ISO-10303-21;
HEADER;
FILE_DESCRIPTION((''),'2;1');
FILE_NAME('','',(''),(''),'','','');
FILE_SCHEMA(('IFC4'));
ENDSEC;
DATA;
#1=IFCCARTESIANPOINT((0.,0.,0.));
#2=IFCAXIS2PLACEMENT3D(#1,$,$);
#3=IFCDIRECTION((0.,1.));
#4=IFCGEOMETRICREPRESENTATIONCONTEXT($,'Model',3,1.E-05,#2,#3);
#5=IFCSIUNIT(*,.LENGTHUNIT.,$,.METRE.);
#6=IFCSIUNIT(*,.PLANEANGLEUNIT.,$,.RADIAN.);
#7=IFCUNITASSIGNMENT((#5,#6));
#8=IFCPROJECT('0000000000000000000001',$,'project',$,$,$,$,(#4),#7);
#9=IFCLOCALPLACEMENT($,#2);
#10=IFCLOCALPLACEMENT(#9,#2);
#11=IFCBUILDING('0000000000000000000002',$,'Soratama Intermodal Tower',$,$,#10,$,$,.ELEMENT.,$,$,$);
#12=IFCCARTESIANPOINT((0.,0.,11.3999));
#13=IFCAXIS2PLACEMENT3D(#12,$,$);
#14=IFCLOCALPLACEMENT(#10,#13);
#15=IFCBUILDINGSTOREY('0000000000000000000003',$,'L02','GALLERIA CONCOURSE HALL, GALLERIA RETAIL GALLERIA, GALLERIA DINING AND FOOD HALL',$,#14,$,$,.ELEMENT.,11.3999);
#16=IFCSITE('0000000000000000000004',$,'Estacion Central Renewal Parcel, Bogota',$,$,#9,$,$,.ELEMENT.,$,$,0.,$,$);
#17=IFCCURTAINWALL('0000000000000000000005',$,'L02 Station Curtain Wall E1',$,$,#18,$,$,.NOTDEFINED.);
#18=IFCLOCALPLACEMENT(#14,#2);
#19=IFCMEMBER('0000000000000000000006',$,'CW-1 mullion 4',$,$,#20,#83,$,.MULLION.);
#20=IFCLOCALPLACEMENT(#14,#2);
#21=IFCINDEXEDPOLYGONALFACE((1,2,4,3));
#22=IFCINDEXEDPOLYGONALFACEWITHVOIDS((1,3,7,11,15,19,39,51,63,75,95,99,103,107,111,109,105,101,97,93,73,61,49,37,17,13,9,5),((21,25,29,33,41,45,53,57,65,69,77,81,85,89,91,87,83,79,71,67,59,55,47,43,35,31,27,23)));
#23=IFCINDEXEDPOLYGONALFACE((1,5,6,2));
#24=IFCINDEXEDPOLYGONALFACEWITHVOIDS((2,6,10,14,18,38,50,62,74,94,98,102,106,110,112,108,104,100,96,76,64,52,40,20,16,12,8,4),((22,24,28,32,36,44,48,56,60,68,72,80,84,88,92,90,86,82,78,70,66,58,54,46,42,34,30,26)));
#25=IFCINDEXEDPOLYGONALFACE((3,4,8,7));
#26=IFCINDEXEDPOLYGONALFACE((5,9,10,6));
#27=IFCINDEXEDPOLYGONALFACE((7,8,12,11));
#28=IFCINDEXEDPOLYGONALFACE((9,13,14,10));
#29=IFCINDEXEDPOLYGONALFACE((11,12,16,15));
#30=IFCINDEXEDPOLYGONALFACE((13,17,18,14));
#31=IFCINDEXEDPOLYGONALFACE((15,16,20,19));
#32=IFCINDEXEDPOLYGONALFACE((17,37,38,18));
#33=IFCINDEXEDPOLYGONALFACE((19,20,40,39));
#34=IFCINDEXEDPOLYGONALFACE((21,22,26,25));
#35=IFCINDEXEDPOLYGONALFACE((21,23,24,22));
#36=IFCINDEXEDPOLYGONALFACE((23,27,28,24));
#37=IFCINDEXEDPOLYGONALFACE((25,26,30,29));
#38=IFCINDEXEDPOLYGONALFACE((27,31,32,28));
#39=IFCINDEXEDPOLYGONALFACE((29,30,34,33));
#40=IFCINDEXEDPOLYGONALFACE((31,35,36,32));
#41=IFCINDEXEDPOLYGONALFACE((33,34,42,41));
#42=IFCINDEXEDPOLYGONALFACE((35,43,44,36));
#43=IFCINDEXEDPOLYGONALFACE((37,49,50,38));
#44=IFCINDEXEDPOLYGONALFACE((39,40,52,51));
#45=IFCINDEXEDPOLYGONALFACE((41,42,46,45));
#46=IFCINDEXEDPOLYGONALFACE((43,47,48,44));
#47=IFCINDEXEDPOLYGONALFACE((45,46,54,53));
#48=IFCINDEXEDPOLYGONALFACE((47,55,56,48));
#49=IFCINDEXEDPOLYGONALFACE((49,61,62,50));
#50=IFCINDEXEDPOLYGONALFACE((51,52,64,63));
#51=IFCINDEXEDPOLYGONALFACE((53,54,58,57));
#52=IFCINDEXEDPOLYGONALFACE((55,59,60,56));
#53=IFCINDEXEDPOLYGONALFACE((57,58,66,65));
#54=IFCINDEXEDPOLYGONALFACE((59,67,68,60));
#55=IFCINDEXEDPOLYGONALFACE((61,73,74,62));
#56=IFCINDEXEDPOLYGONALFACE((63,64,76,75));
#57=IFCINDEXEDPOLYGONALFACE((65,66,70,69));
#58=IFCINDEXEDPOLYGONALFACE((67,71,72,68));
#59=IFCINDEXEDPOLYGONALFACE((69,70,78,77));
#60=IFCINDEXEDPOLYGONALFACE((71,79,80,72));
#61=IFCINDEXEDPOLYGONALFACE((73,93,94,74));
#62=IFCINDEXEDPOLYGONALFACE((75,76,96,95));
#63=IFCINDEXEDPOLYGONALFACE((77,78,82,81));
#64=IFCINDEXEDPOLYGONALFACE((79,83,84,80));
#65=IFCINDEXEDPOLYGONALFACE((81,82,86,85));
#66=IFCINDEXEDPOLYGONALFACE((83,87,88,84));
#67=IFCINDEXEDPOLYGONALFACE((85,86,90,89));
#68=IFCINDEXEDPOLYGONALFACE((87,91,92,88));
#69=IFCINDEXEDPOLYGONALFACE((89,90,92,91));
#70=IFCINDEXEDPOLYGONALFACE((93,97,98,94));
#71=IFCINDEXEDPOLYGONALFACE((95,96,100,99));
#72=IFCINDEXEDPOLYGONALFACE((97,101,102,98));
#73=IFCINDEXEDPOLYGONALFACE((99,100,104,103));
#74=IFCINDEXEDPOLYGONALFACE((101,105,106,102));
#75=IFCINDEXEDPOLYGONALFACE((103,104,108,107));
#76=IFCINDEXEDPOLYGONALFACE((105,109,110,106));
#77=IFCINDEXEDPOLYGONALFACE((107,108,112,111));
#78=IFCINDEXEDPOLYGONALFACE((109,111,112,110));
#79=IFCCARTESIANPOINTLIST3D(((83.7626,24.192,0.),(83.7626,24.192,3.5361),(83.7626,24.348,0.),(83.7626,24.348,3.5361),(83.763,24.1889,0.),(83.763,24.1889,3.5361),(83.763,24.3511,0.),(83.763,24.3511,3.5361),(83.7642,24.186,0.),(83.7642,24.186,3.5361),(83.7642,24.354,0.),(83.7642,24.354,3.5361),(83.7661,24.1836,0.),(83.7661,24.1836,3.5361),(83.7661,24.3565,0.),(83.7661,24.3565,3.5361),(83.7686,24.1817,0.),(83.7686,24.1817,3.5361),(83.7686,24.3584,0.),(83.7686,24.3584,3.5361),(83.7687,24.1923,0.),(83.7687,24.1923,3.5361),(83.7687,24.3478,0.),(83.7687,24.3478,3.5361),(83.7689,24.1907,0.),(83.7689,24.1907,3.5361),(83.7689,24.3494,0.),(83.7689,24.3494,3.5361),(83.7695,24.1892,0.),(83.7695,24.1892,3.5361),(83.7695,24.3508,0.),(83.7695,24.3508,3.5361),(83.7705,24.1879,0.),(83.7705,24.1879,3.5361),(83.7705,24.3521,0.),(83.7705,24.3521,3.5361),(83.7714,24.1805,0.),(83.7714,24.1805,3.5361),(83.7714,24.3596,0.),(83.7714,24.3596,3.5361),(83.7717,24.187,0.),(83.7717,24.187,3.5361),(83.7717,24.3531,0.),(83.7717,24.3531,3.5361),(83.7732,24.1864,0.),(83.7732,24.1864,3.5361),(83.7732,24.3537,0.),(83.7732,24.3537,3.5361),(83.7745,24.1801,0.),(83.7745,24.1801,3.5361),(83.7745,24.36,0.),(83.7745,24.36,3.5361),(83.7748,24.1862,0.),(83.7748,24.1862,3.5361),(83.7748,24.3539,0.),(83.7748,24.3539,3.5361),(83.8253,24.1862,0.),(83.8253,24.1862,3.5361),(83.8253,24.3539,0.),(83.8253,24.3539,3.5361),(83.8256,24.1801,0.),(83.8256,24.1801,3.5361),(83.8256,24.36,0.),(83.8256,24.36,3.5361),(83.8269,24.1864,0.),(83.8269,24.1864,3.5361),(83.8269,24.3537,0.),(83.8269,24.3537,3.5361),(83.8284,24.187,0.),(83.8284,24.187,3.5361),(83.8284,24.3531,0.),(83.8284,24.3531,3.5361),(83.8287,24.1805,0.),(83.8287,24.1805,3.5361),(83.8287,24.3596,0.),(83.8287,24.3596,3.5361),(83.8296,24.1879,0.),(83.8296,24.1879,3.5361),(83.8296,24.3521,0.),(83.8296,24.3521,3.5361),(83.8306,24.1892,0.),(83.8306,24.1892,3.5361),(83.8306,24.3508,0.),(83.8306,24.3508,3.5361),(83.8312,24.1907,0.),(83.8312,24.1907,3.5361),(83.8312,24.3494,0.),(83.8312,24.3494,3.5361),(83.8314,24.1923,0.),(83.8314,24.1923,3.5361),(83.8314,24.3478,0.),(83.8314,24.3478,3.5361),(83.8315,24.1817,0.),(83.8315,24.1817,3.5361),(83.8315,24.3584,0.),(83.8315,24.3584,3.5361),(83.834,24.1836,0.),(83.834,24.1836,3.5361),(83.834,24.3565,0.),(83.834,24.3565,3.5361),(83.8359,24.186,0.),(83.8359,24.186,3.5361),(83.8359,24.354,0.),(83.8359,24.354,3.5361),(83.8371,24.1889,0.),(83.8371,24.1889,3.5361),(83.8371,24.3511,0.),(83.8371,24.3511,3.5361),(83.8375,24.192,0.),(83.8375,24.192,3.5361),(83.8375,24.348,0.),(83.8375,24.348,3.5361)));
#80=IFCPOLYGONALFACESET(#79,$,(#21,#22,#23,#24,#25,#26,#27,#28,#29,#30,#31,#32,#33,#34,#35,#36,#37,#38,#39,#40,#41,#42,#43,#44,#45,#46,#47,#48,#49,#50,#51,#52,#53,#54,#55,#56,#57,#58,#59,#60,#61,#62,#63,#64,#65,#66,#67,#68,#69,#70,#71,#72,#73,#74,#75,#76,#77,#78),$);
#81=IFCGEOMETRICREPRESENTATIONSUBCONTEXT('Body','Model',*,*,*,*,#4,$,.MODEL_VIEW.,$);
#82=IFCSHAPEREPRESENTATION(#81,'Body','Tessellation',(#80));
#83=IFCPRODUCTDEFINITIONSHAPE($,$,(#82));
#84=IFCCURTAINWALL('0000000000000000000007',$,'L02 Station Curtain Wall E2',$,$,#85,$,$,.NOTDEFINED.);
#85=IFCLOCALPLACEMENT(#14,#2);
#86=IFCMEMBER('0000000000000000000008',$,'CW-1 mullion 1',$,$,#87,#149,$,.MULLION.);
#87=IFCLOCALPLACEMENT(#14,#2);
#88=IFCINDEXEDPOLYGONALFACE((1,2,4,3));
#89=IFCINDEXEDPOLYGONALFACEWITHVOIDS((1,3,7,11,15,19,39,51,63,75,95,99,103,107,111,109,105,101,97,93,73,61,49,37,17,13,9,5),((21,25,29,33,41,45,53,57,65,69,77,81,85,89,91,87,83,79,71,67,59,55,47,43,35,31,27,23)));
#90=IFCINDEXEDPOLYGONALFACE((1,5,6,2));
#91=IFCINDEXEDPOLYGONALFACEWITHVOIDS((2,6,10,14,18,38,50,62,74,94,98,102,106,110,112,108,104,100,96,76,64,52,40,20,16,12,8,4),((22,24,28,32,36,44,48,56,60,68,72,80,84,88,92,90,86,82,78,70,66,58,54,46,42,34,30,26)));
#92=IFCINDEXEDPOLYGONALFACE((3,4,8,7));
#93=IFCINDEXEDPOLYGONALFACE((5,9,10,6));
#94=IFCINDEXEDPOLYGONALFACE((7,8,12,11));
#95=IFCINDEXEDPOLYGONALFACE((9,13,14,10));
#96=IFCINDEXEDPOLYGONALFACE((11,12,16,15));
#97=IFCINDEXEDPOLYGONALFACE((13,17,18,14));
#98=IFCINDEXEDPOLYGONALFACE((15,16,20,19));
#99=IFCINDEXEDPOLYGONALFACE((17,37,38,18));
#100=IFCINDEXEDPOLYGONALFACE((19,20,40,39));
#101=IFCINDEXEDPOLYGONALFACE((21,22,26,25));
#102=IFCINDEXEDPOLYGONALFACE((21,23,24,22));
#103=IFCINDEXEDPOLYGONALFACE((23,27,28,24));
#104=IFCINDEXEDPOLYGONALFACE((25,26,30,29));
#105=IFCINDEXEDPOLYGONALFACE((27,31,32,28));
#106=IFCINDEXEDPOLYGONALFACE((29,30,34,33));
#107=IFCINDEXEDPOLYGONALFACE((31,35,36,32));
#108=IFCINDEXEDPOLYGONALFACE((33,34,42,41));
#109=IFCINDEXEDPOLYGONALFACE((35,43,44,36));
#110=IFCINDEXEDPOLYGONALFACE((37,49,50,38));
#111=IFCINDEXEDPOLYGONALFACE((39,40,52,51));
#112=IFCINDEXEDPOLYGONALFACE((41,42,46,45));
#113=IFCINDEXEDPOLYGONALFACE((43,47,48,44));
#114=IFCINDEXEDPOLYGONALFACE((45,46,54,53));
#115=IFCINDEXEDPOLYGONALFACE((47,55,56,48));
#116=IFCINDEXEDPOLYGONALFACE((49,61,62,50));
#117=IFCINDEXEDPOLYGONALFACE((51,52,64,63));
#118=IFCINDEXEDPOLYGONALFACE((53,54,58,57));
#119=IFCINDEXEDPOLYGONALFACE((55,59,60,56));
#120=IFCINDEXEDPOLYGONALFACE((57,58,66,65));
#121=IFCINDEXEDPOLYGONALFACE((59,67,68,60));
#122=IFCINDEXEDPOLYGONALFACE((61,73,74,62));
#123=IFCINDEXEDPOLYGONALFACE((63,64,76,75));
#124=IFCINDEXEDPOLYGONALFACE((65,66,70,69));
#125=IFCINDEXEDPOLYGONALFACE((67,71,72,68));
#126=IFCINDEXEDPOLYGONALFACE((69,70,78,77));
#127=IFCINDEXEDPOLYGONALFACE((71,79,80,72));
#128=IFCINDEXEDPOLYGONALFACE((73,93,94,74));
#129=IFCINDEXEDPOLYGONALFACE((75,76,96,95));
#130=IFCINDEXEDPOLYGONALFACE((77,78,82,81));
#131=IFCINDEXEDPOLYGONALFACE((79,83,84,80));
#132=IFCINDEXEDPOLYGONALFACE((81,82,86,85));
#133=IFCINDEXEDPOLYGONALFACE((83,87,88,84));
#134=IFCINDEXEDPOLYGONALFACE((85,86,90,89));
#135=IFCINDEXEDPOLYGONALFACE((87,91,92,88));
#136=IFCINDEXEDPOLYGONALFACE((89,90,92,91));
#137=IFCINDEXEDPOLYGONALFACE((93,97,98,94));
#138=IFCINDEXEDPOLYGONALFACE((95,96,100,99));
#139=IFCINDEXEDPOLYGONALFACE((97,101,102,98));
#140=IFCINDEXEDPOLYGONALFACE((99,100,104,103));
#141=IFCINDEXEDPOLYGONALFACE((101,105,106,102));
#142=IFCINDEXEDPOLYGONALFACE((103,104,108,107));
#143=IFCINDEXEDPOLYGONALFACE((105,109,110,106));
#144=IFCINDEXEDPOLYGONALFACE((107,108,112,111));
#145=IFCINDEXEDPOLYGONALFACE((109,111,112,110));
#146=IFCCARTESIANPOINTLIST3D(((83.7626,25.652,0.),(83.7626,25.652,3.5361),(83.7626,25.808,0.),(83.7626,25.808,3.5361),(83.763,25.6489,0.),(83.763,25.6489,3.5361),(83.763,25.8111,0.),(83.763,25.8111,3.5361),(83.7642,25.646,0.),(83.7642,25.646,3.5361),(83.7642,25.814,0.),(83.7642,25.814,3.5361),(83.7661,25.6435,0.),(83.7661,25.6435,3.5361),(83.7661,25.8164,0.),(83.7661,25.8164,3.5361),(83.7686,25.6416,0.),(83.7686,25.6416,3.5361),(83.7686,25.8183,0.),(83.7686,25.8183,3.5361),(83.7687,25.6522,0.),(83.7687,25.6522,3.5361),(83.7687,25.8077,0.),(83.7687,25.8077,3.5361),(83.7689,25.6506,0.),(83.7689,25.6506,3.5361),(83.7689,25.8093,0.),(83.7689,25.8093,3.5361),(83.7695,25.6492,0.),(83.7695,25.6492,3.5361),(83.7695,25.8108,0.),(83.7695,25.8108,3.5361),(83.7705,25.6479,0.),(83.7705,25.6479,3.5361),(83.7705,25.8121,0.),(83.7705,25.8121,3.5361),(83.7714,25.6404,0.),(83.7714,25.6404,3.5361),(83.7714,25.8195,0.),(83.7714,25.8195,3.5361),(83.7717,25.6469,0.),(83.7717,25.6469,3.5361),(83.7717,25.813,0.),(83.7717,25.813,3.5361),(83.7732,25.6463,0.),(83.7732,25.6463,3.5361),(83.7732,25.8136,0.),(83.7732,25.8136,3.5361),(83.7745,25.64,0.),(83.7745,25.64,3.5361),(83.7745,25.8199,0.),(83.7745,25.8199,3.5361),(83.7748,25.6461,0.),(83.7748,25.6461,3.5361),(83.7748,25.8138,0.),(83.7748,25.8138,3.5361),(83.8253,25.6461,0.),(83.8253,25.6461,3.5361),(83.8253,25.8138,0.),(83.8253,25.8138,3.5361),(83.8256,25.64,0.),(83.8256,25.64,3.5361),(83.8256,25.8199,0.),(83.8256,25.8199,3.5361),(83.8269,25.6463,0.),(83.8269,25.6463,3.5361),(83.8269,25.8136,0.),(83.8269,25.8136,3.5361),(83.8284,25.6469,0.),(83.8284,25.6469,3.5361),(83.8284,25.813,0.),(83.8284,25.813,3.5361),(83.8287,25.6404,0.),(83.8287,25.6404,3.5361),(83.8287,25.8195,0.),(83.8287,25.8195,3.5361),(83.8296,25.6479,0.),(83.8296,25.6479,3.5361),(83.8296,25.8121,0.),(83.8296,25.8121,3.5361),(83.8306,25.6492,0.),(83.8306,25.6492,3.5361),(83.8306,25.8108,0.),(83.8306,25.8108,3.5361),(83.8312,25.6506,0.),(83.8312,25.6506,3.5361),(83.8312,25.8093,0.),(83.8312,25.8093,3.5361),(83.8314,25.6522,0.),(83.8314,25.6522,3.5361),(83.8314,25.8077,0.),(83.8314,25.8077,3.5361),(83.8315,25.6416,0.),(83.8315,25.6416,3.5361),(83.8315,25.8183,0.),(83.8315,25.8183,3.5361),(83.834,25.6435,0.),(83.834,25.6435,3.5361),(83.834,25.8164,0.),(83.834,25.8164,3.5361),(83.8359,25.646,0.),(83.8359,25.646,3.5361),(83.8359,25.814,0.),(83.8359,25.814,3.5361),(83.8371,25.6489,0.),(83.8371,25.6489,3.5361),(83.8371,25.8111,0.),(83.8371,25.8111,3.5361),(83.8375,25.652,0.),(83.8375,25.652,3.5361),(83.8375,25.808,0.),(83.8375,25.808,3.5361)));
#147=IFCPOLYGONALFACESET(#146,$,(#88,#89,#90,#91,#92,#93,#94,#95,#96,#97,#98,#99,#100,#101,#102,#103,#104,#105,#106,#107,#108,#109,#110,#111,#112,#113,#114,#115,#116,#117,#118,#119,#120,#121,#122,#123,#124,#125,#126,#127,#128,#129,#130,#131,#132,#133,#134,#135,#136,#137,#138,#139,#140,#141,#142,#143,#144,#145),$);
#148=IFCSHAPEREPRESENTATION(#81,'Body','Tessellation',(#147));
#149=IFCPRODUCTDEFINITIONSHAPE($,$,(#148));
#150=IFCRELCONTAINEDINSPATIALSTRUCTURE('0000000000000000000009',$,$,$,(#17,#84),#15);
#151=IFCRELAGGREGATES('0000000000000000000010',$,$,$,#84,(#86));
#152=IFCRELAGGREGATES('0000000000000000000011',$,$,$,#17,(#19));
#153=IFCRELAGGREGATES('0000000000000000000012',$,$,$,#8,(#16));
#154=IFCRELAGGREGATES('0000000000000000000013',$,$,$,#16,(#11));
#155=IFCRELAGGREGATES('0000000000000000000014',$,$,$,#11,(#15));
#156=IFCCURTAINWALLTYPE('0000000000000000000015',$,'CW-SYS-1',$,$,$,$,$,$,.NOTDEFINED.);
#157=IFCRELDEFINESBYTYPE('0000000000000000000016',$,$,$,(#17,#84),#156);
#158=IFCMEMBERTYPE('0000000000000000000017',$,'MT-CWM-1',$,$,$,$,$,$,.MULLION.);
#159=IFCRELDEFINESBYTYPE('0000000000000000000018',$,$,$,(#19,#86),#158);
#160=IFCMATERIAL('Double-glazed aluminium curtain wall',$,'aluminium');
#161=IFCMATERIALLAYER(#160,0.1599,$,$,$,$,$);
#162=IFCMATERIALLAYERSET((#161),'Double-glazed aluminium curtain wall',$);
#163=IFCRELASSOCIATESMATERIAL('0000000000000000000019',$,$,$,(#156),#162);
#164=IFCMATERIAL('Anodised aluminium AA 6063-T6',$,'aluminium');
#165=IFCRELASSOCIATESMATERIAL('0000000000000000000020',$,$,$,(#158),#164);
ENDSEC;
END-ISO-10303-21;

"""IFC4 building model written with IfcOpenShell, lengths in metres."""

from ifc_helpers import new_model, si_unit, direction, frame, origin, origin_2d, place, context, subcontext, project, spatial, hollow_rectangle, extrude, material, layer, layer_set, material_profile, profile_set, type_object, element, aggregate, save


model = new_model("IFC4")

# Units and contexts
model_context = context("Model", 3, precision=1e-05, world=origin(), true_north=direction((0.0, 1.0)))
body_context = subcontext(model_context, "Body", "Model", "MODEL_VIEW")
ifc_project = project(units=[si_unit("LENGTHUNIT", "METRE"), si_unit("PLANEANGLEUNIT", "RADIAN")], contexts=[model_context])

# Site, building, storey
site_placement = place(None, origin())
site = spatial("IfcSite", under=ifc_project, at=site_placement, Name="Estacion Central Renewal Parcel, Bogota", CompositionType="ELEMENT", RefElevation=0.0)
building_placement = place(site_placement, origin())
building = spatial("IfcBuilding", under=site, at=building_placement, Name="Soratama Intermodal Tower", CompositionType="ELEMENT")
storey_placement = place(building_placement, frame((0.0, 0.0, 11.3999)))
storey = spatial("IfcBuildingStorey", under=building, at=storey_placement, Name="L02", Description="GALLERIA CONCOURSE HALL, GALLERIA RETAIL GALLERIA, GALLERIA DINING AND FOOD HALL", CompositionType="ELEMENT", Elevation=11.3999)

# Curtain wall, member
ifc_material_1 = material(Name="Double-glazed aluminium curtain wall", Category="aluminium")
ifc_layer_1 = layer(ifc_material_1, 0.1599)
ifc_layer_set_1 = layer_set([ifc_layer_1], Name="Double-glazed aluminium curtain wall")
curtain_wall_type = type_object("IfcCurtainWallType", Name="CW-SYS-1", PredefinedType="NOTDEFINED", material=ifc_layer_set_1)
curtain_wall_1_placement = place(storey_placement, origin())
curtain_wall_1 = element("IfcCurtainWall", 1, at=curtain_wall_1_placement, inside=storey, type_object=curtain_wall_type, Name="L02 Station Curtain Wall E1", PredefinedType="NOTDEFINED")
ifc_material_2 = material(Name="Anodised aluminium AA 6063-T6", Category="aluminium")
ifc_material_profile_1 = material_profile(ifc_material_2, hollow_rectangle(XDim=0.075, YDim=0.1799, WallThickness=0.0061, InnerFilletRadius=0.0061, OuterFilletRadius=0.012, at=origin_2d()), Name="CWM180X75X6")
ifc_profile_set_1 = profile_set([ifc_material_profile_1], Name="Anodised aluminium AA 6063-T6")
member_type_1 = type_object("IfcMemberType", Name="MT-CWM-1", PredefinedType="MULLION", material=ifc_profile_set_1)
member_1_placement = place(storey_placement, frame((83.8, 24.27, 0.0), z_axis=(0.0, 0.0, 1.0), x_axis=(-1.0, 0.0, 0.0)))
member_1 = element("IfcMember", 2, at=member_1_placement, type_object=member_type_1, Name="CW-1 mullion 4", PredefinedType="MULLION", context=body_context, shape_type="SweptSolid", body=[
    extrude(hollow_rectangle(XDim=0.075, YDim=0.1799, WallThickness=0.0061, InnerFilletRadius=0.0061, OuterFilletRadius=0.012, at=origin_2d()), origin(), (0.0, 0.0, 1.0), 3.5361),
])

# Curtain wall, member
curtain_wall_2_placement = place(storey_placement, origin())
curtain_wall_2 = element("IfcCurtainWall", 3, at=curtain_wall_2_placement, inside=storey, type_object=curtain_wall_type, Name="L02 Station Curtain Wall E2", PredefinedType="NOTDEFINED")
member_2_placement = place(storey_placement, frame((83.8, 25.73, 0.0), z_axis=(0.0, 0.0, 1.0), x_axis=(-1.0, 0.0, 0.0)))
member_2 = element("IfcMember", 4, at=member_2_placement, type_object=member_type_1, Name="CW-1 mullion 1", PredefinedType="MULLION", context=body_context, shape_type="SweptSolid", body=[
    extrude(hollow_rectangle(XDim=0.075, YDim=0.1799, WallThickness=0.0061, InnerFilletRadius=0.0061, OuterFilletRadius=0.012, at=origin_2d()), origin(), (0.0, 0.0, 1.0), 3.5361),
])

aggregate(curtain_wall_2, [member_2])

aggregate(curtain_wall_1, [member_1])

save(model, "model.ifc")
